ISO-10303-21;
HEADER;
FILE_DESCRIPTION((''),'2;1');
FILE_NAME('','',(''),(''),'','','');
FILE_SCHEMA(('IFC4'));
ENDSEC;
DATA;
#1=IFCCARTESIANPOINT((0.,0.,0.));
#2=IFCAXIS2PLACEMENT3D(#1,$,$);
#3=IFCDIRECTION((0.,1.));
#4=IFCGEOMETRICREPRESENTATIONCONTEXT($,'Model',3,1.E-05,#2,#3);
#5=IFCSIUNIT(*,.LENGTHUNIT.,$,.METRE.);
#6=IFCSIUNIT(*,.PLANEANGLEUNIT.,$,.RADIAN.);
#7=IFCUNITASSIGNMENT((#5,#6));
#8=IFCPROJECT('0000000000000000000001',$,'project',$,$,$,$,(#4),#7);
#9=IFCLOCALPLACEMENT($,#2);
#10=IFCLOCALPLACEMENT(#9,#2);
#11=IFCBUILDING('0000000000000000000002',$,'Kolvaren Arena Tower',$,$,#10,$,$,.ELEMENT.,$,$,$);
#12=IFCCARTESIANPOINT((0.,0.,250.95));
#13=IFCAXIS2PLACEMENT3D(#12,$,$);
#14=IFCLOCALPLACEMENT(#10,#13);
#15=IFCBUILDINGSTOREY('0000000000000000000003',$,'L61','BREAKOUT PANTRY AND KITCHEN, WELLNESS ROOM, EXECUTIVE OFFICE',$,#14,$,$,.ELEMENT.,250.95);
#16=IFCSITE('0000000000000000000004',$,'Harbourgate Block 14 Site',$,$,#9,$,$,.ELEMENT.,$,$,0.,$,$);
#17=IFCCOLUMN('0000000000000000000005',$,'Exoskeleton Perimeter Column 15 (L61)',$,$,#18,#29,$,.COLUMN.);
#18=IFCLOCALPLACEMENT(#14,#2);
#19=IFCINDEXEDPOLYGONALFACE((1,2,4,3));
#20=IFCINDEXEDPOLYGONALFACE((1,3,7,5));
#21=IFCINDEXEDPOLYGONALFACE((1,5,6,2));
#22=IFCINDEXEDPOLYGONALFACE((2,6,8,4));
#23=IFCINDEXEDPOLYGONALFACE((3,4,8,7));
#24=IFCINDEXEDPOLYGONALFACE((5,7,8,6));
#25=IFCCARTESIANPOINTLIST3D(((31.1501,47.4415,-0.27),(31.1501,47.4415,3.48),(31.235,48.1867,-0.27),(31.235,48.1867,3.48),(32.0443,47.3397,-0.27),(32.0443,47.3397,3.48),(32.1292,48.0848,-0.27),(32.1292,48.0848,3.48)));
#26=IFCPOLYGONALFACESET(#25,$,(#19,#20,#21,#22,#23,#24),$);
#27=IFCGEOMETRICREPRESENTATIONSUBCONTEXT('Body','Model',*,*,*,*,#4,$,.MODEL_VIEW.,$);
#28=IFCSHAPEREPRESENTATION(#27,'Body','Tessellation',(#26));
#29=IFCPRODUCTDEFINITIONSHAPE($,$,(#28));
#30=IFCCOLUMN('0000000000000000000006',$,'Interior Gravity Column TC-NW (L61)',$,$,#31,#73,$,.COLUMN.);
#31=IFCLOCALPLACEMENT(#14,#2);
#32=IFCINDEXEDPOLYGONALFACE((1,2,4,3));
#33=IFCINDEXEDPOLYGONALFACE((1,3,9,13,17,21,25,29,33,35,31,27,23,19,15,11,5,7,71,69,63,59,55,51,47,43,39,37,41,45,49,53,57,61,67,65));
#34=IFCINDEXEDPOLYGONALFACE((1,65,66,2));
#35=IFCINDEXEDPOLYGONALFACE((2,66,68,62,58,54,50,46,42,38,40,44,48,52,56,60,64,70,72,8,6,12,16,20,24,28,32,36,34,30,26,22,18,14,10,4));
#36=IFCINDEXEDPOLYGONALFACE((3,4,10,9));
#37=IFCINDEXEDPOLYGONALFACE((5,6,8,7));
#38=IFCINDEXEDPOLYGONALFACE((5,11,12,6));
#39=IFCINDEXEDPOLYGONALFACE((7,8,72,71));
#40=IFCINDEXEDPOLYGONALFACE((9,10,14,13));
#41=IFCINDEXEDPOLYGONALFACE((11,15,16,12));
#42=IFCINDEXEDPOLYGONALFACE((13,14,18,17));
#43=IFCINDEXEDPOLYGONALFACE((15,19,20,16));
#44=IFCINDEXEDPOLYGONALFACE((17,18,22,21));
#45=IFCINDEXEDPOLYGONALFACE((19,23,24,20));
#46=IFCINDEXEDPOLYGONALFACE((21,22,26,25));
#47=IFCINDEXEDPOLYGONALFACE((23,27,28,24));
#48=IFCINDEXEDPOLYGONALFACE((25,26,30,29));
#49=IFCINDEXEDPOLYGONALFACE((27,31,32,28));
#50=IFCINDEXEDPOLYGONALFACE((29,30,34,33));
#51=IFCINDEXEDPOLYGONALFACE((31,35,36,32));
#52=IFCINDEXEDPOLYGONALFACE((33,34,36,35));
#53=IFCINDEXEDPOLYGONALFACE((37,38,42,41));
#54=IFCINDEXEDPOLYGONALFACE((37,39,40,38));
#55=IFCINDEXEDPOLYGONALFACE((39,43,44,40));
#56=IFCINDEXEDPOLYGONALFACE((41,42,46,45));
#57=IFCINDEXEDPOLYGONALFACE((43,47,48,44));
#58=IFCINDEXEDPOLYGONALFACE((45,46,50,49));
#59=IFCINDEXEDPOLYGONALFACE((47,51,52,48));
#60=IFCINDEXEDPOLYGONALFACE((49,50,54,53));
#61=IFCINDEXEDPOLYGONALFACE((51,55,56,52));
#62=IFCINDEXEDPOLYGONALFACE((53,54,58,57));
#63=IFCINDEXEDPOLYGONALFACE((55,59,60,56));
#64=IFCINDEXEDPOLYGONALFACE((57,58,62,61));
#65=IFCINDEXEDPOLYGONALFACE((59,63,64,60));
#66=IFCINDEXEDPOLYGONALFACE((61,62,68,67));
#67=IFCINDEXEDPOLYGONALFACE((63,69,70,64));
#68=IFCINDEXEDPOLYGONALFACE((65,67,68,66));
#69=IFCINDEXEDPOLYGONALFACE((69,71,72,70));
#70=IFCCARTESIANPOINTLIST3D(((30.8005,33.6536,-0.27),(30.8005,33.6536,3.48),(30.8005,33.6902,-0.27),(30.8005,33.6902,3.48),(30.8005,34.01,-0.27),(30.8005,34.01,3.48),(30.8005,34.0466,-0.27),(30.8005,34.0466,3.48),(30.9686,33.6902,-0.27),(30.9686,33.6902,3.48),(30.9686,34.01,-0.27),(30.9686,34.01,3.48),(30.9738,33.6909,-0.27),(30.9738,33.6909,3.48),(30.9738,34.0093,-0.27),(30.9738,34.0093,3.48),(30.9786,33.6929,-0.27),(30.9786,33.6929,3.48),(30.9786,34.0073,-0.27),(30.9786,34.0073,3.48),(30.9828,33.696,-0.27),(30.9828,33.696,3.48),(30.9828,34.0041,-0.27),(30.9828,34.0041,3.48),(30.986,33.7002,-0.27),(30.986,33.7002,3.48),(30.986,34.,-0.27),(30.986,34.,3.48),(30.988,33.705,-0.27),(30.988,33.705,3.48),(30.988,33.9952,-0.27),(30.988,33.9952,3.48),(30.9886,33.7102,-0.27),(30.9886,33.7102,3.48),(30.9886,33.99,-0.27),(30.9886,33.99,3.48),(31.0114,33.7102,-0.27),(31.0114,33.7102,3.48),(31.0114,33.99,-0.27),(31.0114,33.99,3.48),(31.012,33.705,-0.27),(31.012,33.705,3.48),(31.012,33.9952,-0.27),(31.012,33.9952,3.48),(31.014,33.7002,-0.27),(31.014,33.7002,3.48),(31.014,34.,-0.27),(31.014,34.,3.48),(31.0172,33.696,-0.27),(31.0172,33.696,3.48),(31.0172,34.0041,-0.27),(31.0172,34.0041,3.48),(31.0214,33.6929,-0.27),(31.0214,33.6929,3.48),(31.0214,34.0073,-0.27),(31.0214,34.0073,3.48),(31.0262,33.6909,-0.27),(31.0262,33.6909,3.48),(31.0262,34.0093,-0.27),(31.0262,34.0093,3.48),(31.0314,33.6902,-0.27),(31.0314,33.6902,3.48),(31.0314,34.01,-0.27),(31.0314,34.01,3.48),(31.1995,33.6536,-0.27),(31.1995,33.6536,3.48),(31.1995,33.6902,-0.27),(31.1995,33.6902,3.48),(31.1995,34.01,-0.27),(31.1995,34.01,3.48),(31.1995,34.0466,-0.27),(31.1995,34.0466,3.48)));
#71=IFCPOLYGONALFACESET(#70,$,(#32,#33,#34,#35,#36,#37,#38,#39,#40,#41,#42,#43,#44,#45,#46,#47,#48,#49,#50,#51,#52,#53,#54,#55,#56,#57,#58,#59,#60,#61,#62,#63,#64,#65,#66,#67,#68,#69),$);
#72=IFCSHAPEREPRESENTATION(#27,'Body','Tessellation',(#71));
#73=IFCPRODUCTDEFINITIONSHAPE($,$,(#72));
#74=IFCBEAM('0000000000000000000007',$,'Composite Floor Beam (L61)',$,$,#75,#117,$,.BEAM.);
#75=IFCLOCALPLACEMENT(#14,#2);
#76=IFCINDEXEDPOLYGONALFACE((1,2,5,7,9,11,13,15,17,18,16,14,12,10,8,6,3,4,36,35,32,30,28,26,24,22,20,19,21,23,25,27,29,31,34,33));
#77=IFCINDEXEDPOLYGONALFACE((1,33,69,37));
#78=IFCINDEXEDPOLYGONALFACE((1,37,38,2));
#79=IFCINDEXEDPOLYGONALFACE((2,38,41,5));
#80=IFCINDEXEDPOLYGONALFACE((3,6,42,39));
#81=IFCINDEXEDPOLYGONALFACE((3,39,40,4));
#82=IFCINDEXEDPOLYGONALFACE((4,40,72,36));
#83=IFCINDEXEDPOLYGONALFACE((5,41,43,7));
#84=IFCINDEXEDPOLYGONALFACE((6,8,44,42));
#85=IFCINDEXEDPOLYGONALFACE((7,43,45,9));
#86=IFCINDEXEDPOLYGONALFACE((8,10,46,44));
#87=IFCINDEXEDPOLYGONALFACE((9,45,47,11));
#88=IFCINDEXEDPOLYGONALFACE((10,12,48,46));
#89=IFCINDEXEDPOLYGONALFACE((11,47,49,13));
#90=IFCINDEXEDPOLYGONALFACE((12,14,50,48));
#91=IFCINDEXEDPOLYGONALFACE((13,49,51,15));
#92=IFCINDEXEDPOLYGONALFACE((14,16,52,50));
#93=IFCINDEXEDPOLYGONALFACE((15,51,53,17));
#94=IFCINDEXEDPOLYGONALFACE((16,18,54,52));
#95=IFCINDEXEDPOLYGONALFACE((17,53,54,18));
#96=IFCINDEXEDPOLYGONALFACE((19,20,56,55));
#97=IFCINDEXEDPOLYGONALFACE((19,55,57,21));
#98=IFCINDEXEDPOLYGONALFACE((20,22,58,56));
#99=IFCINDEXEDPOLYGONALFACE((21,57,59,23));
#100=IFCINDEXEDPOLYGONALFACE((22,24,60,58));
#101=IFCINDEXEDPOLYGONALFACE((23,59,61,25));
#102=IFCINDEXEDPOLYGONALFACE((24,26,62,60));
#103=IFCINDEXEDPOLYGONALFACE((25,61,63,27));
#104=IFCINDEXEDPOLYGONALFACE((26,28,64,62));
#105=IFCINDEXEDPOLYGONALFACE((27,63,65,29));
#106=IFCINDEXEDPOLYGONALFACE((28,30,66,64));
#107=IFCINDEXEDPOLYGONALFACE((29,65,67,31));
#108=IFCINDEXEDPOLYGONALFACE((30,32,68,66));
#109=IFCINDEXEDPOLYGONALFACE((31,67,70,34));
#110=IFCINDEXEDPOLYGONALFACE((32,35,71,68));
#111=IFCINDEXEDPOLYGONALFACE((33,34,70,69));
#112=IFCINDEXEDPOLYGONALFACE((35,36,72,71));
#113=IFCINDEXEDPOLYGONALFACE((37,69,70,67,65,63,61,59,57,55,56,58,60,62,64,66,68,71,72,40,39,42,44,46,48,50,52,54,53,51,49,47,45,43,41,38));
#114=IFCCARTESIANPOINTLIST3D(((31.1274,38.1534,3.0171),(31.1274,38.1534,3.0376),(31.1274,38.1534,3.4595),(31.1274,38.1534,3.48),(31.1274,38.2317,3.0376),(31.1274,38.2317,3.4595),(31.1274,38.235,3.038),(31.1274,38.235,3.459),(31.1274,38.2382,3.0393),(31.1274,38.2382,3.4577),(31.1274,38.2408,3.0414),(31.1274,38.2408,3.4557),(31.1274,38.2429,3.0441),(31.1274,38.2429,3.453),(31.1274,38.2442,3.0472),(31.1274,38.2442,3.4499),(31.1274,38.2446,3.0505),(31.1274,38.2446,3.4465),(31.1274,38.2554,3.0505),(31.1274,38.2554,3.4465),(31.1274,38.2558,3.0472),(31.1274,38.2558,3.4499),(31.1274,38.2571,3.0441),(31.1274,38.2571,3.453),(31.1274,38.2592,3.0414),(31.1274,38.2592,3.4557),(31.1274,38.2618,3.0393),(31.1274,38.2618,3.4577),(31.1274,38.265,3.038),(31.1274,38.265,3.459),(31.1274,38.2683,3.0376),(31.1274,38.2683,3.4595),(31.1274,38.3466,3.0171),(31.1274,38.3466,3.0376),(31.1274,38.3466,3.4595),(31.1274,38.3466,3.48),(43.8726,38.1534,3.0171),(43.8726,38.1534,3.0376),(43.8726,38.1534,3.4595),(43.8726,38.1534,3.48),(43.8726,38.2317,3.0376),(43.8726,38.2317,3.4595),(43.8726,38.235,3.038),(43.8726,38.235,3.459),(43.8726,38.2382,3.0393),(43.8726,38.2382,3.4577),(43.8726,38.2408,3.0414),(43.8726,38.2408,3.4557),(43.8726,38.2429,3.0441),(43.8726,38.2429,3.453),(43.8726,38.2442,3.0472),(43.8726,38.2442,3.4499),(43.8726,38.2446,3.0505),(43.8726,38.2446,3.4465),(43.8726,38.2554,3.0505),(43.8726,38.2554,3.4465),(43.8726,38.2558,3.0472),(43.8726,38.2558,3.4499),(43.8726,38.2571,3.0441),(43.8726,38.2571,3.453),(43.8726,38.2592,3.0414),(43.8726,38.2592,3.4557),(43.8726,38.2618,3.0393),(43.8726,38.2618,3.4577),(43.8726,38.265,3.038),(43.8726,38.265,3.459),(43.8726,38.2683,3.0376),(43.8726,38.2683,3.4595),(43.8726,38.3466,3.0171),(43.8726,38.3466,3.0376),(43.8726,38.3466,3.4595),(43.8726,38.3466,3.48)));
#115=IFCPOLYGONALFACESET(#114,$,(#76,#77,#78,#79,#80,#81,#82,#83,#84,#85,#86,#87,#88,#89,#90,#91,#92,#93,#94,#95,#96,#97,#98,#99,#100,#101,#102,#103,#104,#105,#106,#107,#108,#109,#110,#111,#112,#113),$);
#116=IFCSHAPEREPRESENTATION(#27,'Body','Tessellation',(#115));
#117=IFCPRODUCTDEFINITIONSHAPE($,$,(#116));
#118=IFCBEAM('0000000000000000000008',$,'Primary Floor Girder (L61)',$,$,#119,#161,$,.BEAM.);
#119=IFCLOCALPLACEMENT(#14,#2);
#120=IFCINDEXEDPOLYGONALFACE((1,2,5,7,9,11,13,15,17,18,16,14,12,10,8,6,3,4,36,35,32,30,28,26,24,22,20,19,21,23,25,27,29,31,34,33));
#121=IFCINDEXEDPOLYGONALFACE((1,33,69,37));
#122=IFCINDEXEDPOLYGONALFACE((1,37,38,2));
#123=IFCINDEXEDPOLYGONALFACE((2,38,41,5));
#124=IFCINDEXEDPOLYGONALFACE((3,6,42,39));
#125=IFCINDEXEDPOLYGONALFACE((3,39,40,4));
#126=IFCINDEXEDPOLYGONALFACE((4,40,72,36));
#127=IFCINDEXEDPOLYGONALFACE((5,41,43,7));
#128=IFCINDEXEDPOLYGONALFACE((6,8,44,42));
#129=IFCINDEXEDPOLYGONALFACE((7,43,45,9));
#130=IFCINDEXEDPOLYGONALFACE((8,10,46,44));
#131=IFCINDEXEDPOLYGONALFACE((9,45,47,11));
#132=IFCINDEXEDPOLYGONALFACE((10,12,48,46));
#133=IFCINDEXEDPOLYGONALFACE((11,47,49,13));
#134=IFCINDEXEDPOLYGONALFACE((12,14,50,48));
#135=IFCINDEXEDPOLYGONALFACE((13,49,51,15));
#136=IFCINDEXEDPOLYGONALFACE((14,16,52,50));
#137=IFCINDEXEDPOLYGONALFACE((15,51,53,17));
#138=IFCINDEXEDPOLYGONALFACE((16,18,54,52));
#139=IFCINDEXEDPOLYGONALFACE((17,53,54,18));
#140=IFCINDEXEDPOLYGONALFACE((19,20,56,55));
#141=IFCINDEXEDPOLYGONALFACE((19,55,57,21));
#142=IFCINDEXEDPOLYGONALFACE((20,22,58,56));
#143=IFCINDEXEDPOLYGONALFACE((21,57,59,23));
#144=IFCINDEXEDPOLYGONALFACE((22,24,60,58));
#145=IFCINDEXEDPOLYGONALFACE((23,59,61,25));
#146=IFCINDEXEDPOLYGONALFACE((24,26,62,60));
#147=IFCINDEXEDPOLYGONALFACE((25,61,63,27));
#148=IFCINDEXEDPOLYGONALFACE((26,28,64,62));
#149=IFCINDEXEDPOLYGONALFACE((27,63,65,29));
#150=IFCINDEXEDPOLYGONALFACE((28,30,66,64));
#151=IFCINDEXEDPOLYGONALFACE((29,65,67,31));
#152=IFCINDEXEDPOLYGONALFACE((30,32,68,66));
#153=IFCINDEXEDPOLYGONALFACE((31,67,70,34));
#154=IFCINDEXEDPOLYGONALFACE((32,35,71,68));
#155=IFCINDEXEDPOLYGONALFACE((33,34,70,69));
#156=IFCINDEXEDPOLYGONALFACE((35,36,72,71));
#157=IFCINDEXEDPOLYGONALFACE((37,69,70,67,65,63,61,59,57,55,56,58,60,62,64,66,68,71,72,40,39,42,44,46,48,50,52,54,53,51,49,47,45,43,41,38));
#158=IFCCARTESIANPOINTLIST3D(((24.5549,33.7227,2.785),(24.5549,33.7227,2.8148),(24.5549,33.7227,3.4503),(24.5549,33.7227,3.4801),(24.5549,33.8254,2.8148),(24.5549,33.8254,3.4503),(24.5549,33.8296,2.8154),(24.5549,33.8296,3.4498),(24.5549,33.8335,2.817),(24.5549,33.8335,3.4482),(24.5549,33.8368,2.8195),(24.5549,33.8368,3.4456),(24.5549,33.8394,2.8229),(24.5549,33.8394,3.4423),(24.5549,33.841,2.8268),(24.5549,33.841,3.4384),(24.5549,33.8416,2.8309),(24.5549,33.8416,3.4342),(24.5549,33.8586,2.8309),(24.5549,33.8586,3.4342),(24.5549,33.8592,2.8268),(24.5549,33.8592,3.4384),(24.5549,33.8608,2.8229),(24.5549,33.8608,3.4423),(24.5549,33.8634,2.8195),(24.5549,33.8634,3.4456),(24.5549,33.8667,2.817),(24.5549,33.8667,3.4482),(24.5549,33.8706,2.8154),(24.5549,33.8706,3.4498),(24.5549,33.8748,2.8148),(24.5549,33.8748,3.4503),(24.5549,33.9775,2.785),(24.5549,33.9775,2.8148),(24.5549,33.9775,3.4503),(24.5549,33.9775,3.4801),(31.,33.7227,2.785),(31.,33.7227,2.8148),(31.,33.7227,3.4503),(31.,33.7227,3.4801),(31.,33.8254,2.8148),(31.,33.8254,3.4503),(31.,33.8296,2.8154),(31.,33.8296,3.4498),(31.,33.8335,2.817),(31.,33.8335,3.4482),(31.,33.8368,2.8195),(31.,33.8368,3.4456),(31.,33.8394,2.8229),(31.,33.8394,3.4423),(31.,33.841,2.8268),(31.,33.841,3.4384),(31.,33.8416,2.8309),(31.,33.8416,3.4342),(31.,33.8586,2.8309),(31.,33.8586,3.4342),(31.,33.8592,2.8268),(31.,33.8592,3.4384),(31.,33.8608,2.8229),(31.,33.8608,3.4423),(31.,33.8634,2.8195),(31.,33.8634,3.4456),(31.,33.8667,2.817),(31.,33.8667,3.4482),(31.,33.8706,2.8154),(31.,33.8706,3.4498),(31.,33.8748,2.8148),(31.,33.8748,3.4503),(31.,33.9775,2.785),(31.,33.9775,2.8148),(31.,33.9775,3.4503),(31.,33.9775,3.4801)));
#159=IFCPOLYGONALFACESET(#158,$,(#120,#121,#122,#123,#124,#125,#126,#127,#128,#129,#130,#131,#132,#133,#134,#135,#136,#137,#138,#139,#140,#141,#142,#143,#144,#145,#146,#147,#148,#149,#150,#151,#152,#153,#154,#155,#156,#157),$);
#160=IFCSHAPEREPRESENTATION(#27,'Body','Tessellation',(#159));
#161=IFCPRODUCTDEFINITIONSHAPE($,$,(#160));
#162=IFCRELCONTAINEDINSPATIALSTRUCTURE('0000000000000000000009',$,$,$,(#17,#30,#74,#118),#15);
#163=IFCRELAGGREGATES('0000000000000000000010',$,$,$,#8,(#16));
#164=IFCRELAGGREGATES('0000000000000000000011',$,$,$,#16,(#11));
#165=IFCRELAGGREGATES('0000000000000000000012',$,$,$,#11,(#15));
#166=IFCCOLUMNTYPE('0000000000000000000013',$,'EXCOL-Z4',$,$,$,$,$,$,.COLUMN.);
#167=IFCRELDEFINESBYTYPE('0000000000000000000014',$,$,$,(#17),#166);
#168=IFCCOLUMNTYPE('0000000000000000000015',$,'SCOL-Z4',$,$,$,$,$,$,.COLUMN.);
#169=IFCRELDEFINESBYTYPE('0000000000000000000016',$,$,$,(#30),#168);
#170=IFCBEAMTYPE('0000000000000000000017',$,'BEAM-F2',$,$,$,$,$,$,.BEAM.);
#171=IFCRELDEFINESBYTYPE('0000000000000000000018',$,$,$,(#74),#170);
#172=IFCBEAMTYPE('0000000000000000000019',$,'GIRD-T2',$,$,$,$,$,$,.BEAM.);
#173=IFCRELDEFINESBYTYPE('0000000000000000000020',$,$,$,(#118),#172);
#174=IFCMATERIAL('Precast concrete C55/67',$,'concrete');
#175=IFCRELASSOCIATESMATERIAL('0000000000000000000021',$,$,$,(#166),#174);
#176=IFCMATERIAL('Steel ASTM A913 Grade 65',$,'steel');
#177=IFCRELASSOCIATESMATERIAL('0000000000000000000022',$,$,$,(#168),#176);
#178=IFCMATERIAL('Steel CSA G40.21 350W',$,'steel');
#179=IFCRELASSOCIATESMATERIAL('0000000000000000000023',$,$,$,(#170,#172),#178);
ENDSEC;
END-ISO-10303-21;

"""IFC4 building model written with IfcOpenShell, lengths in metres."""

from ifc_helpers import new_model, si_unit, direction, frame, origin, origin_2d, place, context, subcontext, project, spatial, rectangle, i_section, extrude, material, material_profile, profile_set, type_object, element, save


model = new_model("IFC4")

# Units and contexts
model_context = context("Model", 3, precision=1e-05, world=origin(), true_north=direction((0.0, 1.0)))
body_context = subcontext(model_context, "Body", "Model", "MODEL_VIEW")
ifc_project = project(units=[si_unit("LENGTHUNIT", "METRE"), si_unit("PLANEANGLEUNIT", "RADIAN")], contexts=[model_context])

# Site, building, storey
site_placement = place(None, origin())
site = spatial("IfcSite", under=ifc_project, at=site_placement, Name="Harbourgate Block 14 Site", CompositionType="ELEMENT", RefElevation=0.0)
building_placement = place(site_placement, origin())
building = spatial("IfcBuilding", under=site, at=building_placement, Name="Kolvaren Arena Tower", CompositionType="ELEMENT")
storey_placement = place(building_placement, frame((0.0, 0.0, 250.95)))
storey = spatial("IfcBuildingStorey", under=building, at=storey_placement, Name="L61", Description="BREAKOUT PANTRY AND KITCHEN, WELLNESS ROOM, EXECUTIVE OFFICE", CompositionType="ELEMENT", Elevation=250.95)

# Columns
ifc_material_1 = material(Name="Precast concrete C55/67", Category="concrete")
ifc_material_profile_1 = material_profile(ifc_material_1, rectangle(XDim=0.8999, YDim=0.75, at=origin_2d()), Name="RC-900x750")
ifc_profile_set_1 = profile_set([ifc_material_profile_1], Name="Precast concrete C55/67")
column_type_1 = type_object("IfcColumnType", Name="EXCOL-Z4", PredefinedType="COLUMN", material=ifc_profile_set_1)
column_1_placement = place(storey_placement, frame((31.6396, 47.7632, -0.27), z_axis=(0.0, 0.0, 1.0), x_axis=(0.993572, -0.113203, 0.0)))
element("IfcColumn", 1, at=column_1_placement, inside=storey, type_object=column_type_1, Name="Exoskeleton Perimeter Column 15 (L61)", PredefinedType="COLUMN", context=body_context, shape_type="SweptSolid", body=[
    extrude(rectangle(XDim=0.8999, YDim=0.75, at=origin_2d()), origin(), (0.0, 0.0, 1.0), 3.75),
])
ifc_material_2 = material(Name="Steel ASTM A913 Grade 65", Category="steel")
ifc_material_profile_2 = material_profile(ifc_material_2, i_section(OverallWidth=0.3989, OverallDepth=0.3931, WebThickness=0.0227, FlangeThickness=0.0366, FilletRadius=0.02, at=origin_2d()), Name="W360x287")
ifc_profile_set_2 = profile_set([ifc_material_profile_2], Name="Steel ASTM A913 Grade 65")
column_type_2 = type_object("IfcColumnType", Name="SCOL-Z4", PredefinedType="COLUMN", material=ifc_profile_set_2)
column_2_placement = place(storey_placement, frame((31.0, 33.8501, -0.27), z_axis=(0.0, 0.0, 1.0), x_axis=(1.0, 0.0, 0.0)))
element("IfcColumn", 2, at=column_2_placement, inside=storey, type_object=column_type_2, Name="Interior Gravity Column TC-NW (L61)", PredefinedType="COLUMN", context=body_context, shape_type="SweptSolid", body=[
    extrude(i_section(OverallWidth=0.3989, OverallDepth=0.3931, WebThickness=0.0227, FlangeThickness=0.0366, FilletRadius=0.02, at=origin_2d()), origin(), (0.0, 0.0, 1.0), 3.75),
])

# Beams
ifc_material_3 = material(Name="Steel CSA G40.21 350W", Category="steel")
ifc_material_profile_3 = material_profile(ifc_material_3, i_section(OverallWidth=0.1931, OverallDepth=0.4629, WebThickness=0.0107, FlangeThickness=0.0205, FilletRadius=0.0129, at=origin_2d()), Name="W460x113")
ifc_profile_set_3 = profile_set([ifc_material_profile_3], Name="Steel CSA G40.21 350W")
beam_type_1 = type_object("IfcBeamType", Name="BEAM-F2", PredefinedType="BEAM", material=ifc_profile_set_3)
beam_1_placement = place(storey_placement, frame((31.1274, 38.25, 3.2485), z_axis=(1.0, 0.0, 0.0), x_axis=(0.0, 1.0, 0.0)))
element("IfcBeam", 3, at=beam_1_placement, inside=storey, type_object=beam_type_1, Name="Composite Floor Beam (L61)", PredefinedType="BEAM", context=body_context, shape_type="SweptSolid", body=[
    extrude(i_section(OverallWidth=0.1931, OverallDepth=0.4629, WebThickness=0.0107, FlangeThickness=0.0205, FilletRadius=0.0129, at=origin_2d()), origin(), (0.0, 0.0, 1.0), 12.7451),
])
ifc_material_profile_4 = material_profile(ifc_material_3, i_section(OverallWidth=0.2549, OverallDepth=0.6951, WebThickness=0.0171, FlangeThickness=0.0298, FilletRadius=0.0161, at=origin_2d()), Name="W690x217")
ifc_profile_set_4 = profile_set([ifc_material_profile_4], Name="Steel CSA G40.21 350W")
beam_type_2 = type_object("IfcBeamType", Name="GIRD-T2", PredefinedType="BEAM", material=ifc_profile_set_4)
beam_2_placement = place(storey_placement, frame((24.5549, 33.8501, 3.1326), z_axis=(1.0, 0.0, 0.0), x_axis=(0.0, 1.0, 0.0)))
element("IfcBeam", 4, at=beam_2_placement, inside=storey, type_object=beam_type_2, Name="Primary Floor Girder (L61)", PredefinedType="BEAM", context=body_context, shape_type="SweptSolid", body=[
    extrude(i_section(OverallWidth=0.2549, OverallDepth=0.6951, WebThickness=0.0171, FlangeThickness=0.0298, FilletRadius=0.0161, at=origin_2d()), origin(), (0.0, 0.0, 1.0), 6.4451),
])

save(model, "model.ifc")
